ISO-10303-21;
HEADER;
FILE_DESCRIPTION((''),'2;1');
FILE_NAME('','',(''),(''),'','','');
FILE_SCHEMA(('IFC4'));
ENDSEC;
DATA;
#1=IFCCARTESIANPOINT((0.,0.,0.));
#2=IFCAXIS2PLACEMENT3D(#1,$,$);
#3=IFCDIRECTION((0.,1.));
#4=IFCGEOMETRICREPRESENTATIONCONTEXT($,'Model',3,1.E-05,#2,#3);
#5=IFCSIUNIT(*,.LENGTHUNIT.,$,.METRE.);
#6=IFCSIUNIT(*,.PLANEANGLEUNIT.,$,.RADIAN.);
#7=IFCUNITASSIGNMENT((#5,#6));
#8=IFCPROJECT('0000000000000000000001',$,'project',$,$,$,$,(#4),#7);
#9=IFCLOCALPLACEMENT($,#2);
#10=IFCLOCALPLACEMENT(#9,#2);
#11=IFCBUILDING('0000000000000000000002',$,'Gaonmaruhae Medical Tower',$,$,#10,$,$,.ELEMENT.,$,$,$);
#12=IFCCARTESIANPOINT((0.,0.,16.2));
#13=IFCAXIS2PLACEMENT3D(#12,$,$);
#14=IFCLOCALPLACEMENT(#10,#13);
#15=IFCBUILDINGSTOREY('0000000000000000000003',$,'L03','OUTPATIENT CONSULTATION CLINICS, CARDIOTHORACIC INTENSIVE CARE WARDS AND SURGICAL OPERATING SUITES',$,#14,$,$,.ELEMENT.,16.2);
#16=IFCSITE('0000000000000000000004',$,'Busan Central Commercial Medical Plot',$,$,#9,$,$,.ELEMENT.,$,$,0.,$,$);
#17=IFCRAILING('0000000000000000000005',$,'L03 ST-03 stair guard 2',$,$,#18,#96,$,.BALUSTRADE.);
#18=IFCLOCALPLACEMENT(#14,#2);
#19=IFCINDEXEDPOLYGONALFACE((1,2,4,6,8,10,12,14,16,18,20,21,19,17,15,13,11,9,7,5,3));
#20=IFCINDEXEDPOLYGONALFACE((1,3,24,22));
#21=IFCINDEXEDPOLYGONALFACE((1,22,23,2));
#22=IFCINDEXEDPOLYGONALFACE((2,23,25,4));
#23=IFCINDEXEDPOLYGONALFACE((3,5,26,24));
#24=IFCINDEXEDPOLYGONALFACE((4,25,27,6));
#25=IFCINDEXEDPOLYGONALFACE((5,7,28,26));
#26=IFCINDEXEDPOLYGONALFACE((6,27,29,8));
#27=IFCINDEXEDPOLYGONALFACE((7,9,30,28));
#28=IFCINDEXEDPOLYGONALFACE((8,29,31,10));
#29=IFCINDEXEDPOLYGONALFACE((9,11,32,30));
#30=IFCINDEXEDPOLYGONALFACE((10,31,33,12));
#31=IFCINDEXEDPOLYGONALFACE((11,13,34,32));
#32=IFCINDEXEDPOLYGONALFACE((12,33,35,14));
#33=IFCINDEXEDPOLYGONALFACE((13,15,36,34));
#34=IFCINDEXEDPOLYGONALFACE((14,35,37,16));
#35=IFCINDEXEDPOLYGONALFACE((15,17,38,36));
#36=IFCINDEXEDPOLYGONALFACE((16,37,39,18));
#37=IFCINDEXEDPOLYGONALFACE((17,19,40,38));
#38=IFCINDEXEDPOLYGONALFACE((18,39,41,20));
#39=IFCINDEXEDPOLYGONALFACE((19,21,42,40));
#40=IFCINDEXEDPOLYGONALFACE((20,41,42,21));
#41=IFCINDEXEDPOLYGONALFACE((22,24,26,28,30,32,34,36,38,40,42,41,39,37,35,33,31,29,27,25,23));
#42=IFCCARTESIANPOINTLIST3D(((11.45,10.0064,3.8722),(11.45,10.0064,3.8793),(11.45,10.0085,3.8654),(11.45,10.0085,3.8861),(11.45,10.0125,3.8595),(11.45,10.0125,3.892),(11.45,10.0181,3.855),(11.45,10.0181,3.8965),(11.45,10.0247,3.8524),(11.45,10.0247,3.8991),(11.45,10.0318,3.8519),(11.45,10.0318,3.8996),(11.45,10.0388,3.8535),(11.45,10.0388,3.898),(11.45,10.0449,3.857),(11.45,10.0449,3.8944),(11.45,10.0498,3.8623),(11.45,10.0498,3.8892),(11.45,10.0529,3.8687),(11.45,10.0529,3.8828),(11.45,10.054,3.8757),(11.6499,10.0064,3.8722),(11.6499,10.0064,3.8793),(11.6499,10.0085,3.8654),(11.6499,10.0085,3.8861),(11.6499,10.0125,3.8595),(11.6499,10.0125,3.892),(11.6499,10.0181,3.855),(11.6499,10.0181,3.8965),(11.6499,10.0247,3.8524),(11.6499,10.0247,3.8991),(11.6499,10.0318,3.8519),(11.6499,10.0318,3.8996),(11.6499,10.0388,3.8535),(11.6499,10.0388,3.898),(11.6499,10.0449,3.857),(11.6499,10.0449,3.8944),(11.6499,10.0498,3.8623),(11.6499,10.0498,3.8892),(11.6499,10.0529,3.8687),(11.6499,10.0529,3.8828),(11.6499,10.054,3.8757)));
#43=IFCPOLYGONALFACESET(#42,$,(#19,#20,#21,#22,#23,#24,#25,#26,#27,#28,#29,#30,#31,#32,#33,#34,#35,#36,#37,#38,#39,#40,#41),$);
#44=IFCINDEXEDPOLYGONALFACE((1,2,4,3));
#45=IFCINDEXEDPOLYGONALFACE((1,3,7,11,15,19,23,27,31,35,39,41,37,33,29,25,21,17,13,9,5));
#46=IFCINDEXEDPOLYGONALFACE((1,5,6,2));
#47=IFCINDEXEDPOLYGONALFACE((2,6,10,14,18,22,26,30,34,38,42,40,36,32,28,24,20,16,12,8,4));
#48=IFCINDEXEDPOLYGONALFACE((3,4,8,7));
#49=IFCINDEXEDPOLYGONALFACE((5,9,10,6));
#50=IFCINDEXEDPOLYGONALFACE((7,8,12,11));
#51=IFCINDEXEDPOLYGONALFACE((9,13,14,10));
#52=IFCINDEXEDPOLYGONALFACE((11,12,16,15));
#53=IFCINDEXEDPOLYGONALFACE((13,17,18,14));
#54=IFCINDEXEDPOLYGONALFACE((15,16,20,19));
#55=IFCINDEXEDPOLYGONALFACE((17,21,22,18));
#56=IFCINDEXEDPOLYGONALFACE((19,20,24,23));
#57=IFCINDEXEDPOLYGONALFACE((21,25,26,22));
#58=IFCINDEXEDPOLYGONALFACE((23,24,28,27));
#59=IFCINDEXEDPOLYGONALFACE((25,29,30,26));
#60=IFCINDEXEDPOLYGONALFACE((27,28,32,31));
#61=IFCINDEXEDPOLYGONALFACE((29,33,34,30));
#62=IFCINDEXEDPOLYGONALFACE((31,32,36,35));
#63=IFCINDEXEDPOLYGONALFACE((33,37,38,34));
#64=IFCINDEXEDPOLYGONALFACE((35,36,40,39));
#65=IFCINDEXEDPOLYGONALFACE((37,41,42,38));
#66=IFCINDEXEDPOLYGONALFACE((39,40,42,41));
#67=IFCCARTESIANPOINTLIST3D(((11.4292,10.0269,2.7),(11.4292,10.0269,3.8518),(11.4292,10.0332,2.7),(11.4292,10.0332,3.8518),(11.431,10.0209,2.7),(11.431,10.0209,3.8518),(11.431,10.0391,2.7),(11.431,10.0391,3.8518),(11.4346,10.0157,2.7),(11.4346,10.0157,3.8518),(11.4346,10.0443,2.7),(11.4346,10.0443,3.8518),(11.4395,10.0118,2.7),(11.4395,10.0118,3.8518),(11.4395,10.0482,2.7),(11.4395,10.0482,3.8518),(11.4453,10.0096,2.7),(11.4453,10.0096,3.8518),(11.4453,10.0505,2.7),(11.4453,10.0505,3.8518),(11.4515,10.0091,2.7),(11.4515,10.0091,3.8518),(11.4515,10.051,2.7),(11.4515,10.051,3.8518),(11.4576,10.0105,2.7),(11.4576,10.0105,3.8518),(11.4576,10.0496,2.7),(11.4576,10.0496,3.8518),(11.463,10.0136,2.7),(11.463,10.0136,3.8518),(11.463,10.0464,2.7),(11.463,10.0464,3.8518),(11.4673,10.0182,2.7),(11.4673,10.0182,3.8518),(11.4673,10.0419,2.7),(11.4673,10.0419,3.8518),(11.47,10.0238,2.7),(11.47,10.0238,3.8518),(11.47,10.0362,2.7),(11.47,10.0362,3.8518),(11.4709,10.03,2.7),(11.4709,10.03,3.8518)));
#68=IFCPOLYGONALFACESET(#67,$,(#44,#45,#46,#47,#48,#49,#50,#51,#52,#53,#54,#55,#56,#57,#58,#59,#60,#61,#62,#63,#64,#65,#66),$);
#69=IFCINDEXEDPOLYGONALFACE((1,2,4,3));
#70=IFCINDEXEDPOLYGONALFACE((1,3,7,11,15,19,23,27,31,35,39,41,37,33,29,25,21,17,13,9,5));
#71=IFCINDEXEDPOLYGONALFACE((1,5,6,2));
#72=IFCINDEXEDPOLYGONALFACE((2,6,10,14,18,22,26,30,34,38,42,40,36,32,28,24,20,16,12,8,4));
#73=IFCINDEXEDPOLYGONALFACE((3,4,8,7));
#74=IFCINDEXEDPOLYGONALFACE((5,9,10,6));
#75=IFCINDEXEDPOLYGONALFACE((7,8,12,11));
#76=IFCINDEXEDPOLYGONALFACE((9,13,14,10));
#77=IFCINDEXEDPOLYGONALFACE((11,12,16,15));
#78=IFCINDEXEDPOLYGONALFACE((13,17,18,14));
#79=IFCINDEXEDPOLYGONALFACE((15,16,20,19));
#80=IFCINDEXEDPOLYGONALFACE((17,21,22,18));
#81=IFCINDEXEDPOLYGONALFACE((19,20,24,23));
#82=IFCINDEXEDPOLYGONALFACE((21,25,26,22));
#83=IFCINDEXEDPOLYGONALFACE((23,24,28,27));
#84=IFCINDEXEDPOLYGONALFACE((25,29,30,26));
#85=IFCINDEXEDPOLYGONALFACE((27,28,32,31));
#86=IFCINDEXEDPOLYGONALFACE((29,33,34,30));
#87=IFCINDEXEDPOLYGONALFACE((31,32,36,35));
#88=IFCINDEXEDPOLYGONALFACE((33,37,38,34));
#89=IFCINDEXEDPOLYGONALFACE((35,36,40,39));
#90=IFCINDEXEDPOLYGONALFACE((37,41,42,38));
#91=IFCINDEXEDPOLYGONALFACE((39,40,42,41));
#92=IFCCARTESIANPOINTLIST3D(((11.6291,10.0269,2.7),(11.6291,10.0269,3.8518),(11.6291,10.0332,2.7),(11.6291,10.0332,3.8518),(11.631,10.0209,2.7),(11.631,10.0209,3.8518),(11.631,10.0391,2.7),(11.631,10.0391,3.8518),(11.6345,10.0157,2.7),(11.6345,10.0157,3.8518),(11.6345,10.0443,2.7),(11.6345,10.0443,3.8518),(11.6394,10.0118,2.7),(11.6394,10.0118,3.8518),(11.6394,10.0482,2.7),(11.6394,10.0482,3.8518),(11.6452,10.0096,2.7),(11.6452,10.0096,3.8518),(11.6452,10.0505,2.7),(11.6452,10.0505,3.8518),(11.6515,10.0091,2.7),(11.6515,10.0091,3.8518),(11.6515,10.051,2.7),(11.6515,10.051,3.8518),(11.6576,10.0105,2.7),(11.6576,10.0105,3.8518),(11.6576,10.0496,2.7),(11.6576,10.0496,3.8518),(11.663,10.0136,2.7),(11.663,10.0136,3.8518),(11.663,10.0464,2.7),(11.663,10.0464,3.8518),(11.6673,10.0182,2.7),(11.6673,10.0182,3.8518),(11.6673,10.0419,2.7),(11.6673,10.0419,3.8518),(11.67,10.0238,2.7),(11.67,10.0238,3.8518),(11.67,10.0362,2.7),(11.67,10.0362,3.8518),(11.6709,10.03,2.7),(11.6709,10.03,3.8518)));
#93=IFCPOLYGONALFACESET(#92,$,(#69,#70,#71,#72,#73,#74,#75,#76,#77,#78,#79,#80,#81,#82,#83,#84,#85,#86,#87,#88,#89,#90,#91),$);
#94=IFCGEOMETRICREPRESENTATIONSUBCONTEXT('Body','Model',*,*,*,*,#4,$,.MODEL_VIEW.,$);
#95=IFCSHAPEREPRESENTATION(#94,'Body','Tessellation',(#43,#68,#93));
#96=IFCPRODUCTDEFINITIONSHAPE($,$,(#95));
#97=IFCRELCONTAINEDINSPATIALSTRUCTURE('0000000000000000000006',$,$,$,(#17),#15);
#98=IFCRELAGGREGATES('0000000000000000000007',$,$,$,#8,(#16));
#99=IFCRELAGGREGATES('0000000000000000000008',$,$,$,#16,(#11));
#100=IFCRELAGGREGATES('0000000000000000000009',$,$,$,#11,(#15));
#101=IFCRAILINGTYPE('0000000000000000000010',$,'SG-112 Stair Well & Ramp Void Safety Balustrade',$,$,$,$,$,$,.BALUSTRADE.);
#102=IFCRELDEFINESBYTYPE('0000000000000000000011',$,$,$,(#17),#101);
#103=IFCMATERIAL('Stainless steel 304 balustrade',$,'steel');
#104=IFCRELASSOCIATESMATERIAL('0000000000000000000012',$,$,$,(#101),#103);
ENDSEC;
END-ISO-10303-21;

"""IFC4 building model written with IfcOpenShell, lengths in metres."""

from ifc_helpers import new_model, si_unit, direction, frame, origin, origin_2d, place, context, subcontext, project, spatial, circle, extrude, material, type_object, element, save


model = new_model("IFC4")

# Units and contexts
model_context = context("Model", 3, precision=1e-05, world=origin(), true_north=direction((0.0, 1.0)))
body_context = subcontext(model_context, "Body", "Model", "MODEL_VIEW")
ifc_project = project(units=[si_unit("LENGTHUNIT", "METRE"), si_unit("PLANEANGLEUNIT", "RADIAN")], contexts=[model_context])

# Site, building, storey
site_placement = place(None, origin())
site = spatial("IfcSite", under=ifc_project, at=site_placement, Name="Busan Central Commercial Medical Plot", CompositionType="ELEMENT", RefElevation=0.0)
building_placement = place(site_placement, origin())
building = spatial("IfcBuilding", under=site, at=building_placement, Name="Gaonmaruhae Medical Tower", CompositionType="ELEMENT")
storey_placement = place(building_placement, frame((0.0, 0.0, 16.2)))
storey = spatial("IfcBuildingStorey", under=building, at=storey_placement, Name="L03", Description="OUTPATIENT CONSULTATION CLINICS, CARDIOTHORACIC INTENSIVE CARE WARDS AND SURGICAL OPERATING SUITES", CompositionType="ELEMENT", Elevation=16.2)

# Railing
ifc_material_1 = material(Name="Stainless steel 304 balustrade", Category="steel")
railing_type_1 = type_object("IfcRailingType", Name="SG-112 Stair Well & Ramp Void Safety Balustrade", PredefinedType="BALUSTRADE", material=ifc_material_1)
railing_1_placement = place(storey_placement, frame((11.45, 10.03, 2.7)))
element("IfcRailing", 1, at=railing_1_placement, inside=storey, type_object=railing_type_1, Name="L03 ST-03 stair guard 2", PredefinedType="BALUSTRADE", context=body_context, shape_type="SweptSolid", body=[
    extrude(circle(Radius=0.0239, at=origin_2d()), frame((0.0, 0.0, 1.1758), z_axis=(1.0, 0.0, 0.0), x_axis=(0.0, 1.0, 0.0)), (0.0, 0.0, 1.0), 0.2),
    extrude(circle(Radius=0.021, at=origin_2d()), origin(), (0.0, 0.0, 1.0), 1.1519),
    extrude(circle(Radius=0.021, at=origin_2d()), frame((0.2, 0.0, 0.0)), (0.0, 0.0, 1.0), 1.1519),
])

save(model, "model.ifc")
